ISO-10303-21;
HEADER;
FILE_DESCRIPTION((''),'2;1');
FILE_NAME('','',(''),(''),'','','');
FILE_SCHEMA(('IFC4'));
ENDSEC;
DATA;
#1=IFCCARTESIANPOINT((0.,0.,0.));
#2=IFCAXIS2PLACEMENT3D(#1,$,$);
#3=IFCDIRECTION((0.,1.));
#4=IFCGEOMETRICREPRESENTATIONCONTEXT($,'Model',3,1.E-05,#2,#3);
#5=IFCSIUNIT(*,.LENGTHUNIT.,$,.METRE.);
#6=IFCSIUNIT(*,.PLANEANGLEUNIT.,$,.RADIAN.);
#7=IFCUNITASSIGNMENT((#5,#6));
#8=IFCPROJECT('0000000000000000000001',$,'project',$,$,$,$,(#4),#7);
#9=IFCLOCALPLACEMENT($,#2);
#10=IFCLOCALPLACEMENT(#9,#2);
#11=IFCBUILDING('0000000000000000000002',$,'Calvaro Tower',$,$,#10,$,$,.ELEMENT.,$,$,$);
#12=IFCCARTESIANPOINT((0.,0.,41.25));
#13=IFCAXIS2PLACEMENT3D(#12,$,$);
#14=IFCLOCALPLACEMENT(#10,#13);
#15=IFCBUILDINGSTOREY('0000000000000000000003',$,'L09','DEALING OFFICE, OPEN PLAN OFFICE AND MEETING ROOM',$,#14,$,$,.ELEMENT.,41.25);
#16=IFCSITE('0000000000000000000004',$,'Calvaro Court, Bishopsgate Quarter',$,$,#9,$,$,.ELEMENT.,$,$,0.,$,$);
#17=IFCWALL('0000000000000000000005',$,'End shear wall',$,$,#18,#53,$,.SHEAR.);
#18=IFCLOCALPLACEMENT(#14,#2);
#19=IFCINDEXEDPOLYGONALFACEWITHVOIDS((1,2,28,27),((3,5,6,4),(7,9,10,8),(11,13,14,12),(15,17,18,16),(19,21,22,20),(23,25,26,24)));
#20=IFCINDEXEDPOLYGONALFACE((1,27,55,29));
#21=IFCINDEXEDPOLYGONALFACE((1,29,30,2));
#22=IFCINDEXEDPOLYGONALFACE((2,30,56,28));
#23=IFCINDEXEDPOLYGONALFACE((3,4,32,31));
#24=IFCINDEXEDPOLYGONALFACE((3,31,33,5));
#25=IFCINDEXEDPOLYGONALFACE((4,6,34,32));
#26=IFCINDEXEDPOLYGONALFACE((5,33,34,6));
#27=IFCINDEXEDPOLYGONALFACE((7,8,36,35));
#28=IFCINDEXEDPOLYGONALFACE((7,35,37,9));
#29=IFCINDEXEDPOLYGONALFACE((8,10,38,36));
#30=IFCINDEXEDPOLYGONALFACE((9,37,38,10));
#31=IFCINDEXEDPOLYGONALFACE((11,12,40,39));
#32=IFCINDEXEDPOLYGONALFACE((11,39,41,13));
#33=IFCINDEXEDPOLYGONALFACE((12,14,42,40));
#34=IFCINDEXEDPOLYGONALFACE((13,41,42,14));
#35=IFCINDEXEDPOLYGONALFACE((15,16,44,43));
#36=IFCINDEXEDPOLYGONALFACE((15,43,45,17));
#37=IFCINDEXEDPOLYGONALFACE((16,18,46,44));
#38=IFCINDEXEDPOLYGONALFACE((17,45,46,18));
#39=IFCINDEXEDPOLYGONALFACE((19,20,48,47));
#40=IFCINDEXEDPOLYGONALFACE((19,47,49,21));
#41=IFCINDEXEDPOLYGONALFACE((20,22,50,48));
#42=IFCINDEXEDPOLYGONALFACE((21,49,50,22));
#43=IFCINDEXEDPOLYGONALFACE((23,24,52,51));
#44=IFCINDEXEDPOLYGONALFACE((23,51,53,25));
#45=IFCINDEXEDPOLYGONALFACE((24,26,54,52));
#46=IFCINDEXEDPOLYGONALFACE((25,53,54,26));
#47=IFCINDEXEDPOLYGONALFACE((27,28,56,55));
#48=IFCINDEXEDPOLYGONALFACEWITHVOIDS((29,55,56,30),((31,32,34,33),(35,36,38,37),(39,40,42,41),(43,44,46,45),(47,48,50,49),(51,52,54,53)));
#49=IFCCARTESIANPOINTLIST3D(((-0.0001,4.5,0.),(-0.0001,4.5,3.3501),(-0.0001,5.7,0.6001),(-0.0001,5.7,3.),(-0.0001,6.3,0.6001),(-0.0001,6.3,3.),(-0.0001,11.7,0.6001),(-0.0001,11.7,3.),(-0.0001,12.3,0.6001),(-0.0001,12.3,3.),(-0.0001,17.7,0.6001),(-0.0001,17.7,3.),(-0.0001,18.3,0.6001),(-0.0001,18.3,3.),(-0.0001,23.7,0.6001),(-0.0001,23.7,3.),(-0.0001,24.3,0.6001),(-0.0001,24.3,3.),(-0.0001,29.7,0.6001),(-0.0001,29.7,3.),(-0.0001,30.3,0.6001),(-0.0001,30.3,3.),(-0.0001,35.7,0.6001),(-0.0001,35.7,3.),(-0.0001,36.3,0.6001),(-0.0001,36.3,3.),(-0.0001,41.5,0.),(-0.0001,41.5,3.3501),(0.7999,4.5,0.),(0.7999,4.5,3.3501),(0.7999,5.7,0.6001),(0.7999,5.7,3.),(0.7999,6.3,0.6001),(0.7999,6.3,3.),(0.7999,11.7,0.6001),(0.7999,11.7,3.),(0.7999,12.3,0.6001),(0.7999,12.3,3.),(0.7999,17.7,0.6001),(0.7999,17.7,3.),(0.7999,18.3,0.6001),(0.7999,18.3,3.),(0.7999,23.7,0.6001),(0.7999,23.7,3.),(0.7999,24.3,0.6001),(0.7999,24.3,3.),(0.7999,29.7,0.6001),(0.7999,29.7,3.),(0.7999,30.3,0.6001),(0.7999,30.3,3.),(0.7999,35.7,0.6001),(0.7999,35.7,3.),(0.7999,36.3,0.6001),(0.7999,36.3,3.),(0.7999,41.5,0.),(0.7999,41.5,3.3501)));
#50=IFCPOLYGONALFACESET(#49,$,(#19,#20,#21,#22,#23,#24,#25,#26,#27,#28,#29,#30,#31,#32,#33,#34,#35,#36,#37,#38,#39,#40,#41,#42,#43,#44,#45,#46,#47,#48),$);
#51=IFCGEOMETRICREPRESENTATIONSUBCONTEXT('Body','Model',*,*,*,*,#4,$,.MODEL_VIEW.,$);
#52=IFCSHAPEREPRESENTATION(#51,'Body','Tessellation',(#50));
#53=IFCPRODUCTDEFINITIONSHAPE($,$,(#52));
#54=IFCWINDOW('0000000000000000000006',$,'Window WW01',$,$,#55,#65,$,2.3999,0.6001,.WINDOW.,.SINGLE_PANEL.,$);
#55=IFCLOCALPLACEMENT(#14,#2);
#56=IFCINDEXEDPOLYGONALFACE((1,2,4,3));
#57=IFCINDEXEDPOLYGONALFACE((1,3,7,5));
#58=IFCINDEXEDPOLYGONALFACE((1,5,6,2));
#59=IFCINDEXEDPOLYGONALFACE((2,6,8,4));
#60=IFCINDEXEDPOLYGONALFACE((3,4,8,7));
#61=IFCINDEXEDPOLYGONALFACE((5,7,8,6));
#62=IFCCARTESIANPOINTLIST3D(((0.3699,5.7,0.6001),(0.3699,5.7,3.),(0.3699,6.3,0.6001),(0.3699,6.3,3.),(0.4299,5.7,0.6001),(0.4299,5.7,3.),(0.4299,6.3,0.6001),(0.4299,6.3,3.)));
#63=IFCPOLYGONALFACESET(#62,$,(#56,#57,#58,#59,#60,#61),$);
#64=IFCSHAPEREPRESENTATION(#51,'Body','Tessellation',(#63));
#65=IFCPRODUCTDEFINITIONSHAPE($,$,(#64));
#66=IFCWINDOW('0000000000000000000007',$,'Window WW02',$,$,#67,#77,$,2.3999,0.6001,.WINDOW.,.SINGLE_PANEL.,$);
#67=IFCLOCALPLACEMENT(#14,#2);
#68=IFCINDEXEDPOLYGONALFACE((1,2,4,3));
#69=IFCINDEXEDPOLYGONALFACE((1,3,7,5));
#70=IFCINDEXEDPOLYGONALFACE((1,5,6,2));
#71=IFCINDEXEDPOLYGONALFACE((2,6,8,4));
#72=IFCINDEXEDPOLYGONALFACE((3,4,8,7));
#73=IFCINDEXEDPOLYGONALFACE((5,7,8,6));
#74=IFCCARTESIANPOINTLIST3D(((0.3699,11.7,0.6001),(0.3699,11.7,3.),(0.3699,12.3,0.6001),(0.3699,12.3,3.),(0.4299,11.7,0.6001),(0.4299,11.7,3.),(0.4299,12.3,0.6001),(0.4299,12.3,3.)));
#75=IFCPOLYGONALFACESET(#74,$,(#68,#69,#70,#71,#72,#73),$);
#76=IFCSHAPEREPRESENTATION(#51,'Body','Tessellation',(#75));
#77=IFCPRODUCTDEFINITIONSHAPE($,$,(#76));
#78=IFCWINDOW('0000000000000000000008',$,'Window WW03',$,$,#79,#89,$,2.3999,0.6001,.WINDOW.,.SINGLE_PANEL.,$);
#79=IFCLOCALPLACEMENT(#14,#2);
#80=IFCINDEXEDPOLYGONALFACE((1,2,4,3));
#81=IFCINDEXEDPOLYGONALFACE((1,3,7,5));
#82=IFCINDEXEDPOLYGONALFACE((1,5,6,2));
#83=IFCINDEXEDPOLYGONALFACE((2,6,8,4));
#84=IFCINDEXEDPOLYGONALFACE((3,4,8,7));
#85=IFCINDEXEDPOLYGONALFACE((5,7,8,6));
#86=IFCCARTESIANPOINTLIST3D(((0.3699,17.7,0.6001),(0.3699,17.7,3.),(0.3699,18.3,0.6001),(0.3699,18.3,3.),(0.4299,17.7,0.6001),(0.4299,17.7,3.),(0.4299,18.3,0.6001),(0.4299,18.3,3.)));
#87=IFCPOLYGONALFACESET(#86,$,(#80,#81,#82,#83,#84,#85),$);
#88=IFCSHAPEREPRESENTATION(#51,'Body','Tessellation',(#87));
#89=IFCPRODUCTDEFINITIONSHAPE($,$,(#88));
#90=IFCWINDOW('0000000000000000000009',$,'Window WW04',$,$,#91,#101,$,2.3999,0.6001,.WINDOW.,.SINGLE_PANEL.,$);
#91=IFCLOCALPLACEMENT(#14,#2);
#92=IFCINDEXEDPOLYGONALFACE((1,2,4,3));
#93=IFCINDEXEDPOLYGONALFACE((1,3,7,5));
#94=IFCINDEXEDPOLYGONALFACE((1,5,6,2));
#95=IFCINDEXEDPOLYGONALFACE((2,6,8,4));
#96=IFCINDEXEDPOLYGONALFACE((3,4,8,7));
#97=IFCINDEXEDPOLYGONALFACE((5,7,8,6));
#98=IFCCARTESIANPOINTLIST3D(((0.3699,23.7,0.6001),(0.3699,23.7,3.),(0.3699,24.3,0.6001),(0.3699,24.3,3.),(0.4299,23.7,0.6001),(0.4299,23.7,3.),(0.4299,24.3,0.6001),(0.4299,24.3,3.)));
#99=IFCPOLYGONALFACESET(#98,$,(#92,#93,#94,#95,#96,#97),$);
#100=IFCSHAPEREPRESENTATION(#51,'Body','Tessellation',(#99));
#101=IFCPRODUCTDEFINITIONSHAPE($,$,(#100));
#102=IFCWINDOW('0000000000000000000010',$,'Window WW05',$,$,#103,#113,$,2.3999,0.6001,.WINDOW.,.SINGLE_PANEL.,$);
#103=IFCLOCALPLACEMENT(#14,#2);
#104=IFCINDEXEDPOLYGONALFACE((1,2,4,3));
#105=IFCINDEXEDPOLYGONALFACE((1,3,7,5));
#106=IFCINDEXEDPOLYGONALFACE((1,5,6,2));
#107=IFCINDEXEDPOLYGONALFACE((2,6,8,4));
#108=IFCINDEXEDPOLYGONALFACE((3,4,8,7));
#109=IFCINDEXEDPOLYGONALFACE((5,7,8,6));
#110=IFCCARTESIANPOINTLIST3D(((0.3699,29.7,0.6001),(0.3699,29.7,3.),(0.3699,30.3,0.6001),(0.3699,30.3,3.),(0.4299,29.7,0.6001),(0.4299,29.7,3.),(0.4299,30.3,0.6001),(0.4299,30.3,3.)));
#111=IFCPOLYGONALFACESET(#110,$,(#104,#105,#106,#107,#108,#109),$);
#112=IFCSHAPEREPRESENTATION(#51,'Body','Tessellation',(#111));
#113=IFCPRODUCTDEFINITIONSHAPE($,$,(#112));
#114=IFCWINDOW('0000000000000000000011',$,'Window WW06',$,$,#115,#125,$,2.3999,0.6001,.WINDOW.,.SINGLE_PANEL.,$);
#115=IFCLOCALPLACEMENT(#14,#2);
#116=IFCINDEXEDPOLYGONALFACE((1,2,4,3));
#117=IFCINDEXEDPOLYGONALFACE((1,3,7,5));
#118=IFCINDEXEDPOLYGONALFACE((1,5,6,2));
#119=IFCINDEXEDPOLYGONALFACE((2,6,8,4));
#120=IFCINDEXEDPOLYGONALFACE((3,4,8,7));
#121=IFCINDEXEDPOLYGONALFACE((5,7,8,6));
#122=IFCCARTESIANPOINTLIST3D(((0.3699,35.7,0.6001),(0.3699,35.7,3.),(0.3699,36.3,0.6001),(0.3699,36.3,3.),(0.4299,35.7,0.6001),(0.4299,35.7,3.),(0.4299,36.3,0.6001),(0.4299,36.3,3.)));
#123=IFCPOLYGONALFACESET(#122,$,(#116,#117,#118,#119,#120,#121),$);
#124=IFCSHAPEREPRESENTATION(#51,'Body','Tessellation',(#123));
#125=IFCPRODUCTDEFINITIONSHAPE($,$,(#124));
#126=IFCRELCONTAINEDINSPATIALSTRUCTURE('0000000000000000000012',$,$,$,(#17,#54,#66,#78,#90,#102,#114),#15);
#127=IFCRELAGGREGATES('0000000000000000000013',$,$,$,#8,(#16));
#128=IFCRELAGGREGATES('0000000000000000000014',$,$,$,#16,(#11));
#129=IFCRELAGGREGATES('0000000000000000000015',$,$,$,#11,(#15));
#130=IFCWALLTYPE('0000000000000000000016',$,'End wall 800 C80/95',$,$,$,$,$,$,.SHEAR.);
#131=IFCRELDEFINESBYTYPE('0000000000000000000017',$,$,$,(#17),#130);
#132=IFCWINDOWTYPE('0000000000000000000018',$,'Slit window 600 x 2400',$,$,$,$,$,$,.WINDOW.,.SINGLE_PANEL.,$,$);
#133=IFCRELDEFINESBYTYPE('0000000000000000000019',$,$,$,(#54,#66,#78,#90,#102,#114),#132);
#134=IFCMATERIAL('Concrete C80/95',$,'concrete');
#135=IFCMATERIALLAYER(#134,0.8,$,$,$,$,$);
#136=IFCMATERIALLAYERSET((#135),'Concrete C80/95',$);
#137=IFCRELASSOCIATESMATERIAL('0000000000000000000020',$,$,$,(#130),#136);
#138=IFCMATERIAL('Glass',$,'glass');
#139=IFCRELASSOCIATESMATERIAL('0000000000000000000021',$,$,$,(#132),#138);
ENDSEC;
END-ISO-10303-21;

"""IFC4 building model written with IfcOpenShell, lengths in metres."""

from ifc_helpers import new_model, si_unit, direction, frame, frame_2d, origin, place, context, subcontext, project, spatial, rectangle, extrude, material, layer, layer_set, type_object, element, fill, save


model = new_model("IFC4")

# Units and contexts
model_context = context("Model", 3, precision=1e-05, world=origin(), true_north=direction((0.0, 1.0)))
body_context = subcontext(model_context, "Body", "Model", "MODEL_VIEW")
ifc_project = project(units=[si_unit("LENGTHUNIT", "METRE"), si_unit("PLANEANGLEUNIT", "RADIAN")], contexts=[model_context])

# Site, building, storey
site_placement = place(None, origin())
site = spatial("IfcSite", under=ifc_project, at=site_placement, Name="Calvaro Court, Bishopsgate Quarter", CompositionType="ELEMENT", RefElevation=0.0)
building_placement = place(site_placement, origin())
building = spatial("IfcBuilding", under=site, at=building_placement, Name="Calvaro Tower", CompositionType="ELEMENT")
storey_placement = place(building_placement, frame((0.0, 0.0, 41.25)))
storey = spatial("IfcBuildingStorey", under=building, at=storey_placement, Name="L09", Description="DEALING OFFICE, OPEN PLAN OFFICE AND MEETING ROOM", CompositionType="ELEMENT", Elevation=41.25)

# Wall, openings, windows
ifc_material_1 = material(Name="Concrete C80/95", Category="concrete")
ifc_layer_1 = layer(ifc_material_1, 0.8)
ifc_layer_set_1 = layer_set([ifc_layer_1], Name="Concrete C80/95")
wall_type = type_object("IfcWallType", Name="End wall 800 C80/95", PredefinedType="SHEAR", material=ifc_layer_set_1)
wall_placement = place(storey_placement, frame((0.3999, 4.5, 0.0), z_axis=(0.0, 0.0, 1.0), x_axis=(0.0, 1.0, 0.0)))
wall = element("IfcWall", 1, at=wall_placement, inside=storey, type_object=wall_type, Name="End shear wall", PredefinedType="SHEAR", context=body_context, shape_type="SweptSolid", body=[
    extrude(rectangle(XDim=37.0, YDim=0.8, at=frame_2d((18.5, 0.0))), origin(), (0.0, 0.0, 1.0), 3.3501),
])
opening_1_placement = place(wall_placement, frame((1.2, 0.0, 0.6001)))
opening_1 = element("IfcOpeningElement", 2, at=opening_1_placement, cuts=wall, PredefinedType="OPENING", context=body_context, shape_type="SweptSolid", body=[
    extrude(rectangle(XDim=0.6001, YDim=2.3999, at=frame_2d((0.3, 1.2))), frame((0.0, 0.4099, 0.0), z_axis=(0.0, -1.0, 0.0), x_axis=(1.0, 0.0, 0.0)), (0.0, 0.0, 1.0), 0.8201),
])
opening_2_placement = place(wall_placement, frame((7.2, 0.0, 0.6001)))
opening_2 = element("IfcOpeningElement", 3, at=opening_2_placement, cuts=wall, PredefinedType="OPENING", context=body_context, shape_type="SweptSolid", body=[
    extrude(rectangle(XDim=0.6001, YDim=2.3999, at=frame_2d((0.3, 1.2))), frame((0.0, 0.4099, 0.0), z_axis=(0.0, -1.0, 0.0), x_axis=(1.0, 0.0, 0.0)), (0.0, 0.0, 1.0), 0.8201),
])
opening_3_placement = place(wall_placement, frame((13.2, 0.0, 0.6001)))
opening_3 = element("IfcOpeningElement", 4, at=opening_3_placement, cuts=wall, PredefinedType="OPENING", context=body_context, shape_type="SweptSolid", body=[
    extrude(rectangle(XDim=0.6001, YDim=2.3999, at=frame_2d((0.3, 1.2))), frame((0.0, 0.4099, 0.0), z_axis=(0.0, -1.0, 0.0), x_axis=(1.0, 0.0, 0.0)), (0.0, 0.0, 1.0), 0.8201),
])
opening_4_placement = place(wall_placement, frame((19.2, 0.0, 0.6001)))
opening_4 = element("IfcOpeningElement", 5, at=opening_4_placement, cuts=wall, PredefinedType="OPENING", context=body_context, shape_type="SweptSolid", body=[
    extrude(rectangle(XDim=0.6001, YDim=2.3999, at=frame_2d((0.3, 1.2))), frame((0.0, 0.4099, 0.0), z_axis=(0.0, -1.0, 0.0), x_axis=(1.0, 0.0, 0.0)), (0.0, 0.0, 1.0), 0.8201),
])
opening_5_placement = place(wall_placement, frame((25.2, 0.0, 0.6001)))
opening_5 = element("IfcOpeningElement", 6, at=opening_5_placement, cuts=wall, PredefinedType="OPENING", context=body_context, shape_type="SweptSolid", body=[
    extrude(rectangle(XDim=0.6001, YDim=2.3999, at=frame_2d((0.3, 1.2))), frame((0.0, 0.4099, 0.0), z_axis=(0.0, -1.0, 0.0), x_axis=(1.0, 0.0, 0.0)), (0.0, 0.0, 1.0), 0.8201),
])
opening_6_placement = place(wall_placement, frame((31.2, 0.0, 0.6001)))
opening_6 = element("IfcOpeningElement", 7, at=opening_6_placement, cuts=wall, PredefinedType="OPENING", context=body_context, shape_type="SweptSolid", body=[
    extrude(rectangle(XDim=0.6001, YDim=2.3999, at=frame_2d((0.3, 1.2))), frame((0.0, 0.4099, 0.0), z_axis=(0.0, -1.0, 0.0), x_axis=(1.0, 0.0, 0.0)), (0.0, 0.0, 1.0), 0.8201),
])
ifc_material_2 = material(Name="Glass", Category="glass")
window_type = type_object("IfcWindowType", Name="Slit window 600 x 2400", PartitioningType="SINGLE_PANEL", PredefinedType="WINDOW", material=ifc_material_2)
window_1_placement = place(opening_1_placement, origin())
window_1 = element("IfcWindow", 8, at=window_1_placement, inside=storey, type_object=window_type, Name="Window WW01", OverallHeight=2.3999, OverallWidth=0.6001, PartitioningType="SINGLE_PANEL", PredefinedType="WINDOW", context=body_context, shape_type="SweptSolid", body=[
    extrude(rectangle(XDim=0.6001, YDim=2.3999, at=frame_2d((0.3, 1.2))), frame((0.0, 0.03, 0.0), z_axis=(0.0, -1.0, 0.0), x_axis=(1.0, 0.0, 0.0)), (0.0, 0.0, 1.0), 0.0601),
])
fill(opening_1, window_1)
window_2_placement = place(opening_2_placement, origin())
window_2 = element("IfcWindow", 9, at=window_2_placement, inside=storey, type_object=window_type, Name="Window WW02", OverallHeight=2.3999, OverallWidth=0.6001, PartitioningType="SINGLE_PANEL", PredefinedType="WINDOW", context=body_context, shape_type="SweptSolid", body=[
    extrude(rectangle(XDim=0.6001, YDim=2.3999, at=frame_2d((0.3, 1.2))), frame((0.0, 0.03, 0.0), z_axis=(0.0, -1.0, 0.0), x_axis=(1.0, 0.0, 0.0)), (0.0, 0.0, 1.0), 0.0601),
])
fill(opening_2, window_2)
window_3_placement = place(opening_3_placement, origin())
window_3 = element("IfcWindow", 10, at=window_3_placement, inside=storey, type_object=window_type, Name="Window WW03", OverallHeight=2.3999, OverallWidth=0.6001, PartitioningType="SINGLE_PANEL", PredefinedType="WINDOW", context=body_context, shape_type="SweptSolid", body=[
    extrude(rectangle(XDim=0.6001, YDim=2.3999, at=frame_2d((0.3, 1.2))), frame((0.0, 0.03, 0.0), z_axis=(0.0, -1.0, 0.0), x_axis=(1.0, 0.0, 0.0)), (0.0, 0.0, 1.0), 0.0601),
])
fill(opening_3, window_3)
window_4_placement = place(opening_4_placement, origin())
window_4 = element("IfcWindow", 11, at=window_4_placement, inside=storey, type_object=window_type, Name="Window WW04", OverallHeight=2.3999, OverallWidth=0.6001, PartitioningType="SINGLE_PANEL", PredefinedType="WINDOW", context=body_context, shape_type="SweptSolid", body=[
    extrude(rectangle(XDim=0.6001, YDim=2.3999, at=frame_2d((0.3, 1.2))), frame((0.0, 0.03, 0.0), z_axis=(0.0, -1.0, 0.0), x_axis=(1.0, 0.0, 0.0)), (0.0, 0.0, 1.0), 0.0601),
])
fill(opening_4, window_4)
window_5_placement = place(opening_5_placement, origin())
window_5 = element("IfcWindow", 12, at=window_5_placement, inside=storey, type_object=window_type, Name="Window WW05", OverallHeight=2.3999, OverallWidth=0.6001, PartitioningType="SINGLE_PANEL", PredefinedType="WINDOW", context=body_context, shape_type="SweptSolid", body=[
    extrude(rectangle(XDim=0.6001, YDim=2.3999, at=frame_2d((0.3, 1.2))), frame((0.0, 0.03, 0.0), z_axis=(0.0, -1.0, 0.0), x_axis=(1.0, 0.0, 0.0)), (0.0, 0.0, 1.0), 0.0601),
])
fill(opening_5, window_5)
window_6_placement = place(opening_6_placement, origin())
window_6 = element("IfcWindow", 13, at=window_6_placement, inside=storey, type_object=window_type, Name="Window WW06", OverallHeight=2.3999, OverallWidth=0.6001, PartitioningType="SINGLE_PANEL", PredefinedType="WINDOW", context=body_context, shape_type="SweptSolid", body=[
    extrude(rectangle(XDim=0.6001, YDim=2.3999, at=frame_2d((0.3, 1.2))), frame((0.0, 0.03, 0.0), z_axis=(0.0, -1.0, 0.0), x_axis=(1.0, 0.0, 0.0)), (0.0, 0.0, 1.0), 0.0601),
])
fill(opening_6, window_6)

save(model, "model.ifc")
